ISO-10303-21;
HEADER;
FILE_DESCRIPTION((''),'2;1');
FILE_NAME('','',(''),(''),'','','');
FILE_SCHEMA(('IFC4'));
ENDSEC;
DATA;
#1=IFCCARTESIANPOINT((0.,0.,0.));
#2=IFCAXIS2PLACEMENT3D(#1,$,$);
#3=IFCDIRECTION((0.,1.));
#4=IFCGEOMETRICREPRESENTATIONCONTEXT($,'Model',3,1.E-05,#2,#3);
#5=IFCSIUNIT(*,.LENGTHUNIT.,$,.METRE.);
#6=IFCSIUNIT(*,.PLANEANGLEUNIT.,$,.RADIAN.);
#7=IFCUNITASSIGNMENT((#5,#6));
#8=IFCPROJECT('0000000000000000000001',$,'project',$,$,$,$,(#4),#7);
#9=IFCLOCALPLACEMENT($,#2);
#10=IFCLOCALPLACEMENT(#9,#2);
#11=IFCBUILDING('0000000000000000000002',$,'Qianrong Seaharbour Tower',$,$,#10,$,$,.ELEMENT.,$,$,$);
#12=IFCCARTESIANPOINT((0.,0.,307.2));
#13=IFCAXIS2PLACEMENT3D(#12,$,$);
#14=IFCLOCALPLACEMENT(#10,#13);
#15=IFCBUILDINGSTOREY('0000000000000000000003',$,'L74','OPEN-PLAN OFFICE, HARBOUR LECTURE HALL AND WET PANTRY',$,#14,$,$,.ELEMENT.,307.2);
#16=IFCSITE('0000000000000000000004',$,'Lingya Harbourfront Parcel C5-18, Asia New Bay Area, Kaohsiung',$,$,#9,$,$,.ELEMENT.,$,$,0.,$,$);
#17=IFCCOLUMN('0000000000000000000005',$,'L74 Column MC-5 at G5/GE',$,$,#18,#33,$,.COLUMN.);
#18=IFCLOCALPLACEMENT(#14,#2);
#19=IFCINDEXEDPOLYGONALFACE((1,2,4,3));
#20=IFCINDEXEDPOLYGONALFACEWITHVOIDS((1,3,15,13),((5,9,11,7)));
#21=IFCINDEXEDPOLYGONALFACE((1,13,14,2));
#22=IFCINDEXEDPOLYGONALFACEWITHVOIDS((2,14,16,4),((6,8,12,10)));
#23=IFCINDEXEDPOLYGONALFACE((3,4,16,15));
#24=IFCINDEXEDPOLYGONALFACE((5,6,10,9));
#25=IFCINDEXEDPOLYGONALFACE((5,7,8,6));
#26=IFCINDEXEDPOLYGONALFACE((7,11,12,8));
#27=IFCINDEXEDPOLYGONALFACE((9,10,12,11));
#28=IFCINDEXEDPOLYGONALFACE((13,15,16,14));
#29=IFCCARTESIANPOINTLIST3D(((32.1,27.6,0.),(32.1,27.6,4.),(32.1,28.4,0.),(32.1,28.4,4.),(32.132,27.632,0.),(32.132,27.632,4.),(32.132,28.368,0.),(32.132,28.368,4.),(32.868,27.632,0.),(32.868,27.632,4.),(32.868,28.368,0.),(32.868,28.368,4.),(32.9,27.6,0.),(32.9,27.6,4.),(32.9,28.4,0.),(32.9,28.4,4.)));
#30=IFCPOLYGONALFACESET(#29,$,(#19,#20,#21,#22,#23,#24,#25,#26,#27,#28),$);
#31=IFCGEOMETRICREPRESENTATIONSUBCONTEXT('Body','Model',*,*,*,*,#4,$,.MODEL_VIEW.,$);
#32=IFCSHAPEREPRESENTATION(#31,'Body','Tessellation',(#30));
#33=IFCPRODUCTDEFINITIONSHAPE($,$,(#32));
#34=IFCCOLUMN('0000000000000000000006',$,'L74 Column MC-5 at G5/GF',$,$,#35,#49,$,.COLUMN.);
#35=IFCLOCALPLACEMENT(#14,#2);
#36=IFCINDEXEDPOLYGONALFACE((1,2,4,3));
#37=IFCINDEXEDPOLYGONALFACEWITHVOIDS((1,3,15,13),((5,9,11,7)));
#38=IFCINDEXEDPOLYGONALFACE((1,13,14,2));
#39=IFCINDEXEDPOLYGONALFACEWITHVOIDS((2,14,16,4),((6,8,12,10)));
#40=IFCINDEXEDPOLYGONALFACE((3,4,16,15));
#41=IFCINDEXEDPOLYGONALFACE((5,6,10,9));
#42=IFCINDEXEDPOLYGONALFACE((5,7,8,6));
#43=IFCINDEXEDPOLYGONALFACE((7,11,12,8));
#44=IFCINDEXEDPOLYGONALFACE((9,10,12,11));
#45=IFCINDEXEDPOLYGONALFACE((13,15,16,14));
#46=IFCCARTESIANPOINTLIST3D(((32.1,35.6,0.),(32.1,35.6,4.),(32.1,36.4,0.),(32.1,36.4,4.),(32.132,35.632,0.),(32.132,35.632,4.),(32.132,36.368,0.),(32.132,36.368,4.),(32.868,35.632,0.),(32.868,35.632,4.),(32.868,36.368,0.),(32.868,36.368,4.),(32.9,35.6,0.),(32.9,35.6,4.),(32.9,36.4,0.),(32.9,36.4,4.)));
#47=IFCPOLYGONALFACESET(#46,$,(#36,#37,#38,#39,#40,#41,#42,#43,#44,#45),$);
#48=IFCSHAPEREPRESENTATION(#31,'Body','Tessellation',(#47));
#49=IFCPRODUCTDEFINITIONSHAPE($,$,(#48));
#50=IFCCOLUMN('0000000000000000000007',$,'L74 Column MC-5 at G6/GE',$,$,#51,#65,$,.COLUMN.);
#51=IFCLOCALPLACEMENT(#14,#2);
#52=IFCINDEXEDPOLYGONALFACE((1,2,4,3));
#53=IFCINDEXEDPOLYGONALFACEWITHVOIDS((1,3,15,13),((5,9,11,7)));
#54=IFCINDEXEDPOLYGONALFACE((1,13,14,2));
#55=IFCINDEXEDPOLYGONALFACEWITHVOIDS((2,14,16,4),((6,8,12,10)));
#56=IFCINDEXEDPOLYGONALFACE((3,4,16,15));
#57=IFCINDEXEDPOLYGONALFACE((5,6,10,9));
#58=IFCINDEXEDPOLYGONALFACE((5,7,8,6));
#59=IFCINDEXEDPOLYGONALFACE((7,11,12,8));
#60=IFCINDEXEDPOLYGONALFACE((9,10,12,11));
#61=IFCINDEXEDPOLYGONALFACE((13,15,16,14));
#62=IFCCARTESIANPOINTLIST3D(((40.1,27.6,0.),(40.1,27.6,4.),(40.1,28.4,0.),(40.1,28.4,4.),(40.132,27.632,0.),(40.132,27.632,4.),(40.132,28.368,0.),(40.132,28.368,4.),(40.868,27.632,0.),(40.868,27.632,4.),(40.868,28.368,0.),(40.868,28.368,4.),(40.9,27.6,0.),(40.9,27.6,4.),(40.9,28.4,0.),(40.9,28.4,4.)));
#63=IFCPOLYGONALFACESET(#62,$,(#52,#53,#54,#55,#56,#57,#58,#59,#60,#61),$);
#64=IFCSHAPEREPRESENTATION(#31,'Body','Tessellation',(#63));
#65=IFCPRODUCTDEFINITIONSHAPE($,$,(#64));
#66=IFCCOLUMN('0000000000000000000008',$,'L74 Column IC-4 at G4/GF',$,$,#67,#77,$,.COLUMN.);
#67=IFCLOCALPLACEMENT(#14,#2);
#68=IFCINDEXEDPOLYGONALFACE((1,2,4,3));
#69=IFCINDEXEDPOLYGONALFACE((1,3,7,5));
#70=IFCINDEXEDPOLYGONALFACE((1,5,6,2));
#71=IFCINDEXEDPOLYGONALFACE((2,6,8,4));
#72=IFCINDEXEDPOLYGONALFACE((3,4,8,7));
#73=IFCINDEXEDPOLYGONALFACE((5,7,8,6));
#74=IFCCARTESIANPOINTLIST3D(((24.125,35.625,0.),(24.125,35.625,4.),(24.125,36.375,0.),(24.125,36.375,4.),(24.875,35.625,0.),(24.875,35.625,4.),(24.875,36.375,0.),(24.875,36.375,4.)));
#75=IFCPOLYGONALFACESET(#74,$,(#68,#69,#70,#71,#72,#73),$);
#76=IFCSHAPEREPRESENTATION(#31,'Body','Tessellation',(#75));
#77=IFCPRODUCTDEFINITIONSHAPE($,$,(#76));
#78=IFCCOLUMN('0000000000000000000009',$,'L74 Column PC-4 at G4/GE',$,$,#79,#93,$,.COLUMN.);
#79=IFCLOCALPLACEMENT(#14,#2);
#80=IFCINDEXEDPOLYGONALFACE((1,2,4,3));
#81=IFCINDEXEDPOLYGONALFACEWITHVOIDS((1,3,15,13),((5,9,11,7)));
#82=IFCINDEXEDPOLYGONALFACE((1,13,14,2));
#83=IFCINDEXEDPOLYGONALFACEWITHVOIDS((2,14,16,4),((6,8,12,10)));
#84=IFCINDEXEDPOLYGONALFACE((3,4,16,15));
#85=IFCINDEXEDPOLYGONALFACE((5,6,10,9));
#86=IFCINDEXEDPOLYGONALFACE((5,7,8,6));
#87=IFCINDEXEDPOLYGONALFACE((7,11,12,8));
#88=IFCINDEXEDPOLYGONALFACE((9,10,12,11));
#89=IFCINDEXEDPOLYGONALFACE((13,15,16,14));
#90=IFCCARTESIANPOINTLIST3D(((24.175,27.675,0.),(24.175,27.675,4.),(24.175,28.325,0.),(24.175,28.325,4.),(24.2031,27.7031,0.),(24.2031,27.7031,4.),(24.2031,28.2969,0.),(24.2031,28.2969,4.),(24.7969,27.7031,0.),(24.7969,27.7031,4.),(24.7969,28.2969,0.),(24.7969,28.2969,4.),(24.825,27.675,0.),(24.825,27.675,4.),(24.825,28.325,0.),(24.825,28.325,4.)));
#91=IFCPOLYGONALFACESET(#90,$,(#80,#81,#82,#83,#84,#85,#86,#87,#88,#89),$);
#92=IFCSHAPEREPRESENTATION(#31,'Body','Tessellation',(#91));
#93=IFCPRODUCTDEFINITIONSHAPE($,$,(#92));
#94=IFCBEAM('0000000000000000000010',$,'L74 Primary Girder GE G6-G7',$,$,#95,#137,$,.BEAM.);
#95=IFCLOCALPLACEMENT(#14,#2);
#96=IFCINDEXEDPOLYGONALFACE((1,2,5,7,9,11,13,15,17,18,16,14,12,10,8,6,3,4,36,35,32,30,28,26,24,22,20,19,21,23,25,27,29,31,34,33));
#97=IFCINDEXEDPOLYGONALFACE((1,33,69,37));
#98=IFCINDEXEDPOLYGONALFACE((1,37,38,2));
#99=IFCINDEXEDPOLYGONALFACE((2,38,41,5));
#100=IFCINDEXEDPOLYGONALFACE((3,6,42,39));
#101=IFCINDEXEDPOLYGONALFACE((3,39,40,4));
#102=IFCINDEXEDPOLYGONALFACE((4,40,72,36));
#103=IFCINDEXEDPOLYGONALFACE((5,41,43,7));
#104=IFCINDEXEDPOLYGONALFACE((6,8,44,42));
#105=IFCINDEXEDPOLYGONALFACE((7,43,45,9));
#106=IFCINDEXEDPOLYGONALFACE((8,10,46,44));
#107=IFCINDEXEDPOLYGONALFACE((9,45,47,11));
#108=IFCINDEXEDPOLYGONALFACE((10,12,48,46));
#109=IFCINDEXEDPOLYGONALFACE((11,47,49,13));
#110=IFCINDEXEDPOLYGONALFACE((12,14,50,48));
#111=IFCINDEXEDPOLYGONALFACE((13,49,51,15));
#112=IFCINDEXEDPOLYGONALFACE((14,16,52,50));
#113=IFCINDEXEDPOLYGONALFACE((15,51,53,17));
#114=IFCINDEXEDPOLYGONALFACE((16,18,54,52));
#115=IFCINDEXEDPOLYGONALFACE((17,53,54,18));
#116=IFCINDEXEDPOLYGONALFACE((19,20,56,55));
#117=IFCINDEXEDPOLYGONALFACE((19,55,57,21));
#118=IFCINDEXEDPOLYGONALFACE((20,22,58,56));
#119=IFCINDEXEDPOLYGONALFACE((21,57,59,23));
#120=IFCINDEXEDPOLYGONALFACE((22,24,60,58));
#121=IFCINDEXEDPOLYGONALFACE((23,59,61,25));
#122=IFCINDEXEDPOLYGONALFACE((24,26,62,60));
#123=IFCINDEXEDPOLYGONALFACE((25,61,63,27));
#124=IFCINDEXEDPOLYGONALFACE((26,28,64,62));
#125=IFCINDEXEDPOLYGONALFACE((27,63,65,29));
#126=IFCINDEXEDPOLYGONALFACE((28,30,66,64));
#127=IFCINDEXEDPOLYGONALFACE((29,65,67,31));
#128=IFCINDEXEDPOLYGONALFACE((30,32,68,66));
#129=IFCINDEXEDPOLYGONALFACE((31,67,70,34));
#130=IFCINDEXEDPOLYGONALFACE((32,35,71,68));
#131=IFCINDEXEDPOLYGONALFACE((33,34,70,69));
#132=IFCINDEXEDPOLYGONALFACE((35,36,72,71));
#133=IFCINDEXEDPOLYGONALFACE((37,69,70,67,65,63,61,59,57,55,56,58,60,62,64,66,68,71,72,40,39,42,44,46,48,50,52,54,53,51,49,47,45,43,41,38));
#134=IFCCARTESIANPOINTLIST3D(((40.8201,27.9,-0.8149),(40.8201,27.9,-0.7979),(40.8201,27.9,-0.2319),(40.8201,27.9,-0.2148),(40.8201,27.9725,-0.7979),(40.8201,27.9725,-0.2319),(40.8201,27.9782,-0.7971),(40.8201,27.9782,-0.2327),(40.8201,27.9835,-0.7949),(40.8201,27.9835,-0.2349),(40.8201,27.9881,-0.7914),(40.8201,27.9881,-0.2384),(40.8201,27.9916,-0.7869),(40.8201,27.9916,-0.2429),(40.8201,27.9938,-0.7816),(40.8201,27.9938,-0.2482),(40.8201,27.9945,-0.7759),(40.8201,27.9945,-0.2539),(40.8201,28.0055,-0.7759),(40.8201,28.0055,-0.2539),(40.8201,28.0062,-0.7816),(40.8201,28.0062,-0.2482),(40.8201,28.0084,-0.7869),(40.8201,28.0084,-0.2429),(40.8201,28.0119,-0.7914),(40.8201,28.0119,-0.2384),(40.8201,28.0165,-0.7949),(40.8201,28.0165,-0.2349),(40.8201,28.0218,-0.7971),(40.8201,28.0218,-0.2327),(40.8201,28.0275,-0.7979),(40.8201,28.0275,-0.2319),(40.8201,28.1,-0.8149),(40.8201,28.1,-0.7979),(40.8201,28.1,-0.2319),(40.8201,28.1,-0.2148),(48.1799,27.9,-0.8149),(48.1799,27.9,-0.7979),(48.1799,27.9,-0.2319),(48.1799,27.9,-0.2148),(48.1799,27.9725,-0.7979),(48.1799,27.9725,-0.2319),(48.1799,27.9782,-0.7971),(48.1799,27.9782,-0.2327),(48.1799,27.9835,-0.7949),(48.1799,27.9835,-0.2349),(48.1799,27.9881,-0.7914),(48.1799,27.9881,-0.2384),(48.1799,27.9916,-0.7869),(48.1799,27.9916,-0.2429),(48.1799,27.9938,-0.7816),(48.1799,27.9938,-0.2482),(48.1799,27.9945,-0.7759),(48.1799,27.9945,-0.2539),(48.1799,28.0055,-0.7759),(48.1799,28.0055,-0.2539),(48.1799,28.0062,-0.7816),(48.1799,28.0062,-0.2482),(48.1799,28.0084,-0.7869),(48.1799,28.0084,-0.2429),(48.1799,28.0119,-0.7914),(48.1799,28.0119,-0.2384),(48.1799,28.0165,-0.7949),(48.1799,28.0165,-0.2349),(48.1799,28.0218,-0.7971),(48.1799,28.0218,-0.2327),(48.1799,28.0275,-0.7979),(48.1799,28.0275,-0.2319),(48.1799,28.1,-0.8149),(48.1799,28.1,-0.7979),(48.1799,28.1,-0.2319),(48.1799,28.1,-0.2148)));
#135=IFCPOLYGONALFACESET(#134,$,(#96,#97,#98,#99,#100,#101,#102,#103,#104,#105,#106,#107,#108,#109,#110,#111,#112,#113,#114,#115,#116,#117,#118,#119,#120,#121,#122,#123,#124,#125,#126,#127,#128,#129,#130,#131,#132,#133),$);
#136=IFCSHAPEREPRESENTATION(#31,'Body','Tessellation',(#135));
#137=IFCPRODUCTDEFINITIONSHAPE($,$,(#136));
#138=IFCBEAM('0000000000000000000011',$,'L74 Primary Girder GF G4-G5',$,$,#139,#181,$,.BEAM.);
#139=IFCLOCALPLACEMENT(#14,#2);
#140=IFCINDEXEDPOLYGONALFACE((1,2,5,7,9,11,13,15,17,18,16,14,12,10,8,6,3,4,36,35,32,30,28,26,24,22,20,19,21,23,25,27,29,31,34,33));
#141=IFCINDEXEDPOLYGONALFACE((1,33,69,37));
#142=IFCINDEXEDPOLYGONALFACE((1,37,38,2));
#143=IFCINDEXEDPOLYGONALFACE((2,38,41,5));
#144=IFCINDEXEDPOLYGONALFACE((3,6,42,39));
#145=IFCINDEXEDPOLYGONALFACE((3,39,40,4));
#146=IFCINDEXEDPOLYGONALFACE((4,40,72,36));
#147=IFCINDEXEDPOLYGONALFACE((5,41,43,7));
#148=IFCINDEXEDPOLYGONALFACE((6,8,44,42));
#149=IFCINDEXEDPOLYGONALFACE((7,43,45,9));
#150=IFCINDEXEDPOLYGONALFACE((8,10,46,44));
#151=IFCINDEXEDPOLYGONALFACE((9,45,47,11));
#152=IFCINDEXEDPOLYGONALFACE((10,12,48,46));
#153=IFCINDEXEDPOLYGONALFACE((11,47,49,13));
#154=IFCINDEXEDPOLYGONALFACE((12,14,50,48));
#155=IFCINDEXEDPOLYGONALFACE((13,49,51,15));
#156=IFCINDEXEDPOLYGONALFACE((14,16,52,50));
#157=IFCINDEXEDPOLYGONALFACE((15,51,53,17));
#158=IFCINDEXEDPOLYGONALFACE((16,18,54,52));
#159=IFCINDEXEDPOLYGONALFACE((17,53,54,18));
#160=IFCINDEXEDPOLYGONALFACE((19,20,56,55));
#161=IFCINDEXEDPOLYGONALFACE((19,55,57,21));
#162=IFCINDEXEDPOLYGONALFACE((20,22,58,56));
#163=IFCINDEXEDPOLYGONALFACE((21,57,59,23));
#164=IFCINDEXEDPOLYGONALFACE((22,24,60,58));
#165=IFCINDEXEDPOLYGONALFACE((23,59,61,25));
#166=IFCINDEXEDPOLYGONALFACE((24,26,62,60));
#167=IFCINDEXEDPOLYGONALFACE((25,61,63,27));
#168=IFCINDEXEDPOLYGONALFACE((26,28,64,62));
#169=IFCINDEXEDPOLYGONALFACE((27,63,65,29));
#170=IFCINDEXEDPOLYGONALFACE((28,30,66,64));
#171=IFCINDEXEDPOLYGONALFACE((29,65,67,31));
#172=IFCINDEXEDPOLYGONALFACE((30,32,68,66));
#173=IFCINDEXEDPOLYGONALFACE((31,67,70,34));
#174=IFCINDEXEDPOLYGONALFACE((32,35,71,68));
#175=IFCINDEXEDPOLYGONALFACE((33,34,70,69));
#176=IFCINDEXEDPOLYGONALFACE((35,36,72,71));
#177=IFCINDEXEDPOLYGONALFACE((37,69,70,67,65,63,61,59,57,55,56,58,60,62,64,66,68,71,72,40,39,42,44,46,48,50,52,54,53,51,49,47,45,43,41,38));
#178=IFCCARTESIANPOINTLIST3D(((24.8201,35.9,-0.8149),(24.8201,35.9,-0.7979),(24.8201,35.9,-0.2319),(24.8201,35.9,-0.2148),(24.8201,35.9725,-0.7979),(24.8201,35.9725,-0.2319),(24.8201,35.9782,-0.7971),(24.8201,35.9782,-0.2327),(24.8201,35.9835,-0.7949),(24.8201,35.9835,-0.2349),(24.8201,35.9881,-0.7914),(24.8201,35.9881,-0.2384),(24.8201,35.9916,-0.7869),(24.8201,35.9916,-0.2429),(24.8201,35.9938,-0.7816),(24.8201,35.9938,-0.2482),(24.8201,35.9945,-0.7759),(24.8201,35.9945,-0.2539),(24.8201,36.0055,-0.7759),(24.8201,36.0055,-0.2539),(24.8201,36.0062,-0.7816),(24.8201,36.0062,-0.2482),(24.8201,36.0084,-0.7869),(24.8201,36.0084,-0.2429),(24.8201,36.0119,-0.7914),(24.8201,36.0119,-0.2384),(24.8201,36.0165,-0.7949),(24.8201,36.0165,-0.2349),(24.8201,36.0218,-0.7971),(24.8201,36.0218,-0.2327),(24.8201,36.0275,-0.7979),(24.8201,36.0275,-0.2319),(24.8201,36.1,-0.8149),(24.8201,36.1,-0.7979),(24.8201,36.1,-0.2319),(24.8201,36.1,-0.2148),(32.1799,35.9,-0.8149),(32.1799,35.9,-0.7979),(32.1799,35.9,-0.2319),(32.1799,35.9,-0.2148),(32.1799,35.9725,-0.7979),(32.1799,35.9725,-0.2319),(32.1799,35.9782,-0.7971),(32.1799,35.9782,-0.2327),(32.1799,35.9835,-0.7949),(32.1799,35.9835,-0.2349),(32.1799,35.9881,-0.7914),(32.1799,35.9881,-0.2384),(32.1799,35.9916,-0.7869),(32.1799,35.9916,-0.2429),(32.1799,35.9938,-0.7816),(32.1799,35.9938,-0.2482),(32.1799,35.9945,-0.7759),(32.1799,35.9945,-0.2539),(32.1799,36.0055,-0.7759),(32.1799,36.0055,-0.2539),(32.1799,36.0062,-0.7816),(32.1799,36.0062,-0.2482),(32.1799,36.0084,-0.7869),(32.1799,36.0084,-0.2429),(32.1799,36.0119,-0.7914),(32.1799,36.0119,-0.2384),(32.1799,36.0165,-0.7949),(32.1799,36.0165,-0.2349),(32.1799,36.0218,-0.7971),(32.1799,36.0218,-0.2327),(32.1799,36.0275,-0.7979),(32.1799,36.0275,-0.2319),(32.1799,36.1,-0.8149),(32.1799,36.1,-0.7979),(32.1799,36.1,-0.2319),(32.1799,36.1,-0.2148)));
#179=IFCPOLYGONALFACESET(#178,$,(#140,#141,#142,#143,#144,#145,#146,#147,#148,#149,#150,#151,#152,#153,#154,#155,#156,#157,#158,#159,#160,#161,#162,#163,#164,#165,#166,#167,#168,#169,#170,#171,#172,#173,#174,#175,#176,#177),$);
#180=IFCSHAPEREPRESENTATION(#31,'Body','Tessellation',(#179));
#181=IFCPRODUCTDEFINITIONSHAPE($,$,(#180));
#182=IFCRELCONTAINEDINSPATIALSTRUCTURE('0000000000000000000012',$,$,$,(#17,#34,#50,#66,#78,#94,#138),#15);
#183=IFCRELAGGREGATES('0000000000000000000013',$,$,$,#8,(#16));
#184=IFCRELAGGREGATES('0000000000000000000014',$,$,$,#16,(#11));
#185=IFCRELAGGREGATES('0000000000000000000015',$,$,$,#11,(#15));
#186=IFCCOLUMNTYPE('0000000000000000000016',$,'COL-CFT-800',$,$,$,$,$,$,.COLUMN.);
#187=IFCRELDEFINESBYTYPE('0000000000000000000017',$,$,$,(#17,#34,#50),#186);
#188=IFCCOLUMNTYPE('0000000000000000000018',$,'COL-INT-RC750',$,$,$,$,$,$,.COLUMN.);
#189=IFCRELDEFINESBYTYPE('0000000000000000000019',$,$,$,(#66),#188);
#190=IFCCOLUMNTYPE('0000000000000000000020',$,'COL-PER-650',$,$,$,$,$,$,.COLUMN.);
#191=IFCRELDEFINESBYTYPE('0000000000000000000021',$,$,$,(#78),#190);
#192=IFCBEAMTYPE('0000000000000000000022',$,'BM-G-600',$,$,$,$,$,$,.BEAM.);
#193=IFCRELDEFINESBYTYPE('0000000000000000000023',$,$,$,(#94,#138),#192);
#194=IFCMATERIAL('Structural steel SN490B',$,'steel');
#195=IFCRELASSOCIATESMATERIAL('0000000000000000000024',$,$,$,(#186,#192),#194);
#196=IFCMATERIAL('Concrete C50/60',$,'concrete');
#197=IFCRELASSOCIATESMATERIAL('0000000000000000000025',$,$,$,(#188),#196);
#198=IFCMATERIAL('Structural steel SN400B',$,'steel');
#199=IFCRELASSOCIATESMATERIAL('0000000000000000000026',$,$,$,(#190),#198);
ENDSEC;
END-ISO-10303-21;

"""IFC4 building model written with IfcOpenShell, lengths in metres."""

from ifc_helpers import new_model, si_unit, direction, frame, origin, origin_2d, place, context, subcontext, project, spatial, rectangle, hollow_rectangle, i_section, extrude, material, material_profile, profile_set, type_object, element, save


model = new_model("IFC4")

# Units and contexts
model_context = context("Model", 3, precision=1e-05, world=origin(), true_north=direction((0.0, 1.0)))
body_context = subcontext(model_context, "Body", "Model", "MODEL_VIEW")
ifc_project = project(units=[si_unit("LENGTHUNIT", "METRE"), si_unit("PLANEANGLEUNIT", "RADIAN")], contexts=[model_context])

# Site, building, storey
site_placement = place(None, origin())
site = spatial("IfcSite", under=ifc_project, at=site_placement, Name="Lingya Harbourfront Parcel C5-18, Asia New Bay Area, Kaohsiung", CompositionType="ELEMENT", RefElevation=0.0)
building_placement = place(site_placement, origin())
building = spatial("IfcBuilding", under=site, at=building_placement, Name="Qianrong Seaharbour Tower", CompositionType="ELEMENT")
storey_placement = place(building_placement, frame((0.0, 0.0, 307.2)))
storey = spatial("IfcBuildingStorey", under=building, at=storey_placement, Name="L74", Description="OPEN-PLAN OFFICE, HARBOUR LECTURE HALL AND WET PANTRY", CompositionType="ELEMENT", Elevation=307.2)

# Columns
ifc_material_1 = material(Name="Structural steel SN490B", Category="steel")
ifc_material_profile_1 = material_profile(ifc_material_1, hollow_rectangle(XDim=0.8, YDim=0.8, WallThickness=0.032, at=origin_2d()), Name="BOX800x800x32")
ifc_profile_set_1 = profile_set([ifc_material_profile_1], Name="Structural steel SN490B")
column_type_1 = type_object("IfcColumnType", Name="COL-CFT-800", PredefinedType="COLUMN", material=ifc_profile_set_1)
for number, where, z_axis, x_axis, name in (
    (1, (32.5, 28.0, 0.0), (0.0, 0.0, 1.0), (1.0, 0.0, 0.0), "L74 Column MC-5 at G5/GE"),
    (2, (32.5, 36.0, 0.0), (0.0, 0.0, 1.0), (1.0, 0.0, 0.0), "L74 Column MC-5 at G5/GF"),
    (3, (40.5, 28.0, 0.0), (0.0, 0.0, 1.0), (1.0, 0.0, 0.0), "L74 Column MC-5 at G6/GE"),
):
    element("IfcColumn", number, at=place(storey_placement, frame(where, z_axis=z_axis, x_axis=x_axis)), inside=storey, type_object=column_type_1, Name=name, PredefinedType="COLUMN", context=body_context, shape_type="SweptSolid", body=[
        extrude(hollow_rectangle(XDim=0.8, YDim=0.8, WallThickness=0.032, at=origin_2d()), origin(), (0.0, 0.0, 1.0), 4.0),
    ])
ifc_material_2 = material(Name="Concrete C50/60", Category="concrete")
ifc_material_profile_2 = material_profile(ifc_material_2, rectangle(XDim=0.75, YDim=0.75, at=origin_2d()), Name="RC750x750")
ifc_profile_set_2 = profile_set([ifc_material_profile_2], Name="Concrete C50/60")
column_type_2 = type_object("IfcColumnType", Name="COL-INT-RC750", PredefinedType="COLUMN", material=ifc_profile_set_2)
column_1_placement = place(storey_placement, frame((24.5, 36.0, 0.0), z_axis=(0.0, 0.0, 1.0), x_axis=(1.0, 0.0, 0.0)))
element("IfcColumn", 4, at=column_1_placement, inside=storey, type_object=column_type_2, Name="L74 Column IC-4 at G4/GF", PredefinedType="COLUMN", context=body_context, shape_type="SweptSolid", body=[
    extrude(rectangle(XDim=0.75, YDim=0.75, at=origin_2d()), origin(), (0.0, 0.0, 1.0), 4.0),
])
ifc_material_3 = material(Name="Structural steel SN400B", Category="steel")
ifc_material_profile_3 = material_profile(ifc_material_3, hollow_rectangle(XDim=0.6499, YDim=0.6499, WallThickness=0.0281, at=origin_2d()), Name="BOX650x650x28")
ifc_profile_set_3 = profile_set([ifc_material_profile_3], Name="Structural steel SN400B")
column_type_3 = type_object("IfcColumnType", Name="COL-PER-650", PredefinedType="COLUMN", material=ifc_profile_set_3)
column_2_placement = place(storey_placement, frame((24.5, 28.0, 0.0), z_axis=(0.0, 0.0, 1.0), x_axis=(1.0, 0.0, 0.0)))
element("IfcColumn", 5, at=column_2_placement, inside=storey, type_object=column_type_3, Name="L74 Column PC-4 at G4/GE", PredefinedType="COLUMN", context=body_context, shape_type="SweptSolid", body=[
    extrude(hollow_rectangle(XDim=0.6499, YDim=0.6499, WallThickness=0.0281, at=origin_2d()), origin(), (0.0, 0.0, 1.0), 4.0),
])

# Beams
ifc_material_profile_4 = material_profile(ifc_material_1, i_section(OverallWidth=0.2, OverallDepth=0.6001, WebThickness=0.011, FlangeThickness=0.0171, FilletRadius=0.022, at=origin_2d()), Name="H600x200x11x17")
ifc_profile_set_4 = profile_set([ifc_material_profile_4], Name="Structural steel SN490B")
beam_type_1 = type_object("IfcBeamType", Name="BM-G-600", PredefinedType="BEAM", material=ifc_profile_set_4)
for number, where, z_axis, x_axis, name in (
    (6, (40.8201, 28.0, -0.5149), (1.0, 0.0, 0.0), (0.0, 1.0, 0.0), "L74 Primary Girder GE G6-G7"),
    (7, (24.8201, 36.0, -0.5149), (1.0, 0.0, 0.0), (0.0, 1.0, 0.0), "L74 Primary Girder GF G4-G5"),
):
    element("IfcBeam", number, at=place(storey_placement, frame(where, z_axis=z_axis, x_axis=x_axis)), inside=storey, type_object=beam_type_1, Name=name, PredefinedType="BEAM", context=body_context, shape_type="SweptSolid", body=[
        extrude(i_section(OverallWidth=0.2, OverallDepth=0.6001, WebThickness=0.011, FlangeThickness=0.0171, FilletRadius=0.022, at=origin_2d()), origin(), (0.0, 0.0, 1.0), 7.3599),
    ])

save(model, "model.ifc")
